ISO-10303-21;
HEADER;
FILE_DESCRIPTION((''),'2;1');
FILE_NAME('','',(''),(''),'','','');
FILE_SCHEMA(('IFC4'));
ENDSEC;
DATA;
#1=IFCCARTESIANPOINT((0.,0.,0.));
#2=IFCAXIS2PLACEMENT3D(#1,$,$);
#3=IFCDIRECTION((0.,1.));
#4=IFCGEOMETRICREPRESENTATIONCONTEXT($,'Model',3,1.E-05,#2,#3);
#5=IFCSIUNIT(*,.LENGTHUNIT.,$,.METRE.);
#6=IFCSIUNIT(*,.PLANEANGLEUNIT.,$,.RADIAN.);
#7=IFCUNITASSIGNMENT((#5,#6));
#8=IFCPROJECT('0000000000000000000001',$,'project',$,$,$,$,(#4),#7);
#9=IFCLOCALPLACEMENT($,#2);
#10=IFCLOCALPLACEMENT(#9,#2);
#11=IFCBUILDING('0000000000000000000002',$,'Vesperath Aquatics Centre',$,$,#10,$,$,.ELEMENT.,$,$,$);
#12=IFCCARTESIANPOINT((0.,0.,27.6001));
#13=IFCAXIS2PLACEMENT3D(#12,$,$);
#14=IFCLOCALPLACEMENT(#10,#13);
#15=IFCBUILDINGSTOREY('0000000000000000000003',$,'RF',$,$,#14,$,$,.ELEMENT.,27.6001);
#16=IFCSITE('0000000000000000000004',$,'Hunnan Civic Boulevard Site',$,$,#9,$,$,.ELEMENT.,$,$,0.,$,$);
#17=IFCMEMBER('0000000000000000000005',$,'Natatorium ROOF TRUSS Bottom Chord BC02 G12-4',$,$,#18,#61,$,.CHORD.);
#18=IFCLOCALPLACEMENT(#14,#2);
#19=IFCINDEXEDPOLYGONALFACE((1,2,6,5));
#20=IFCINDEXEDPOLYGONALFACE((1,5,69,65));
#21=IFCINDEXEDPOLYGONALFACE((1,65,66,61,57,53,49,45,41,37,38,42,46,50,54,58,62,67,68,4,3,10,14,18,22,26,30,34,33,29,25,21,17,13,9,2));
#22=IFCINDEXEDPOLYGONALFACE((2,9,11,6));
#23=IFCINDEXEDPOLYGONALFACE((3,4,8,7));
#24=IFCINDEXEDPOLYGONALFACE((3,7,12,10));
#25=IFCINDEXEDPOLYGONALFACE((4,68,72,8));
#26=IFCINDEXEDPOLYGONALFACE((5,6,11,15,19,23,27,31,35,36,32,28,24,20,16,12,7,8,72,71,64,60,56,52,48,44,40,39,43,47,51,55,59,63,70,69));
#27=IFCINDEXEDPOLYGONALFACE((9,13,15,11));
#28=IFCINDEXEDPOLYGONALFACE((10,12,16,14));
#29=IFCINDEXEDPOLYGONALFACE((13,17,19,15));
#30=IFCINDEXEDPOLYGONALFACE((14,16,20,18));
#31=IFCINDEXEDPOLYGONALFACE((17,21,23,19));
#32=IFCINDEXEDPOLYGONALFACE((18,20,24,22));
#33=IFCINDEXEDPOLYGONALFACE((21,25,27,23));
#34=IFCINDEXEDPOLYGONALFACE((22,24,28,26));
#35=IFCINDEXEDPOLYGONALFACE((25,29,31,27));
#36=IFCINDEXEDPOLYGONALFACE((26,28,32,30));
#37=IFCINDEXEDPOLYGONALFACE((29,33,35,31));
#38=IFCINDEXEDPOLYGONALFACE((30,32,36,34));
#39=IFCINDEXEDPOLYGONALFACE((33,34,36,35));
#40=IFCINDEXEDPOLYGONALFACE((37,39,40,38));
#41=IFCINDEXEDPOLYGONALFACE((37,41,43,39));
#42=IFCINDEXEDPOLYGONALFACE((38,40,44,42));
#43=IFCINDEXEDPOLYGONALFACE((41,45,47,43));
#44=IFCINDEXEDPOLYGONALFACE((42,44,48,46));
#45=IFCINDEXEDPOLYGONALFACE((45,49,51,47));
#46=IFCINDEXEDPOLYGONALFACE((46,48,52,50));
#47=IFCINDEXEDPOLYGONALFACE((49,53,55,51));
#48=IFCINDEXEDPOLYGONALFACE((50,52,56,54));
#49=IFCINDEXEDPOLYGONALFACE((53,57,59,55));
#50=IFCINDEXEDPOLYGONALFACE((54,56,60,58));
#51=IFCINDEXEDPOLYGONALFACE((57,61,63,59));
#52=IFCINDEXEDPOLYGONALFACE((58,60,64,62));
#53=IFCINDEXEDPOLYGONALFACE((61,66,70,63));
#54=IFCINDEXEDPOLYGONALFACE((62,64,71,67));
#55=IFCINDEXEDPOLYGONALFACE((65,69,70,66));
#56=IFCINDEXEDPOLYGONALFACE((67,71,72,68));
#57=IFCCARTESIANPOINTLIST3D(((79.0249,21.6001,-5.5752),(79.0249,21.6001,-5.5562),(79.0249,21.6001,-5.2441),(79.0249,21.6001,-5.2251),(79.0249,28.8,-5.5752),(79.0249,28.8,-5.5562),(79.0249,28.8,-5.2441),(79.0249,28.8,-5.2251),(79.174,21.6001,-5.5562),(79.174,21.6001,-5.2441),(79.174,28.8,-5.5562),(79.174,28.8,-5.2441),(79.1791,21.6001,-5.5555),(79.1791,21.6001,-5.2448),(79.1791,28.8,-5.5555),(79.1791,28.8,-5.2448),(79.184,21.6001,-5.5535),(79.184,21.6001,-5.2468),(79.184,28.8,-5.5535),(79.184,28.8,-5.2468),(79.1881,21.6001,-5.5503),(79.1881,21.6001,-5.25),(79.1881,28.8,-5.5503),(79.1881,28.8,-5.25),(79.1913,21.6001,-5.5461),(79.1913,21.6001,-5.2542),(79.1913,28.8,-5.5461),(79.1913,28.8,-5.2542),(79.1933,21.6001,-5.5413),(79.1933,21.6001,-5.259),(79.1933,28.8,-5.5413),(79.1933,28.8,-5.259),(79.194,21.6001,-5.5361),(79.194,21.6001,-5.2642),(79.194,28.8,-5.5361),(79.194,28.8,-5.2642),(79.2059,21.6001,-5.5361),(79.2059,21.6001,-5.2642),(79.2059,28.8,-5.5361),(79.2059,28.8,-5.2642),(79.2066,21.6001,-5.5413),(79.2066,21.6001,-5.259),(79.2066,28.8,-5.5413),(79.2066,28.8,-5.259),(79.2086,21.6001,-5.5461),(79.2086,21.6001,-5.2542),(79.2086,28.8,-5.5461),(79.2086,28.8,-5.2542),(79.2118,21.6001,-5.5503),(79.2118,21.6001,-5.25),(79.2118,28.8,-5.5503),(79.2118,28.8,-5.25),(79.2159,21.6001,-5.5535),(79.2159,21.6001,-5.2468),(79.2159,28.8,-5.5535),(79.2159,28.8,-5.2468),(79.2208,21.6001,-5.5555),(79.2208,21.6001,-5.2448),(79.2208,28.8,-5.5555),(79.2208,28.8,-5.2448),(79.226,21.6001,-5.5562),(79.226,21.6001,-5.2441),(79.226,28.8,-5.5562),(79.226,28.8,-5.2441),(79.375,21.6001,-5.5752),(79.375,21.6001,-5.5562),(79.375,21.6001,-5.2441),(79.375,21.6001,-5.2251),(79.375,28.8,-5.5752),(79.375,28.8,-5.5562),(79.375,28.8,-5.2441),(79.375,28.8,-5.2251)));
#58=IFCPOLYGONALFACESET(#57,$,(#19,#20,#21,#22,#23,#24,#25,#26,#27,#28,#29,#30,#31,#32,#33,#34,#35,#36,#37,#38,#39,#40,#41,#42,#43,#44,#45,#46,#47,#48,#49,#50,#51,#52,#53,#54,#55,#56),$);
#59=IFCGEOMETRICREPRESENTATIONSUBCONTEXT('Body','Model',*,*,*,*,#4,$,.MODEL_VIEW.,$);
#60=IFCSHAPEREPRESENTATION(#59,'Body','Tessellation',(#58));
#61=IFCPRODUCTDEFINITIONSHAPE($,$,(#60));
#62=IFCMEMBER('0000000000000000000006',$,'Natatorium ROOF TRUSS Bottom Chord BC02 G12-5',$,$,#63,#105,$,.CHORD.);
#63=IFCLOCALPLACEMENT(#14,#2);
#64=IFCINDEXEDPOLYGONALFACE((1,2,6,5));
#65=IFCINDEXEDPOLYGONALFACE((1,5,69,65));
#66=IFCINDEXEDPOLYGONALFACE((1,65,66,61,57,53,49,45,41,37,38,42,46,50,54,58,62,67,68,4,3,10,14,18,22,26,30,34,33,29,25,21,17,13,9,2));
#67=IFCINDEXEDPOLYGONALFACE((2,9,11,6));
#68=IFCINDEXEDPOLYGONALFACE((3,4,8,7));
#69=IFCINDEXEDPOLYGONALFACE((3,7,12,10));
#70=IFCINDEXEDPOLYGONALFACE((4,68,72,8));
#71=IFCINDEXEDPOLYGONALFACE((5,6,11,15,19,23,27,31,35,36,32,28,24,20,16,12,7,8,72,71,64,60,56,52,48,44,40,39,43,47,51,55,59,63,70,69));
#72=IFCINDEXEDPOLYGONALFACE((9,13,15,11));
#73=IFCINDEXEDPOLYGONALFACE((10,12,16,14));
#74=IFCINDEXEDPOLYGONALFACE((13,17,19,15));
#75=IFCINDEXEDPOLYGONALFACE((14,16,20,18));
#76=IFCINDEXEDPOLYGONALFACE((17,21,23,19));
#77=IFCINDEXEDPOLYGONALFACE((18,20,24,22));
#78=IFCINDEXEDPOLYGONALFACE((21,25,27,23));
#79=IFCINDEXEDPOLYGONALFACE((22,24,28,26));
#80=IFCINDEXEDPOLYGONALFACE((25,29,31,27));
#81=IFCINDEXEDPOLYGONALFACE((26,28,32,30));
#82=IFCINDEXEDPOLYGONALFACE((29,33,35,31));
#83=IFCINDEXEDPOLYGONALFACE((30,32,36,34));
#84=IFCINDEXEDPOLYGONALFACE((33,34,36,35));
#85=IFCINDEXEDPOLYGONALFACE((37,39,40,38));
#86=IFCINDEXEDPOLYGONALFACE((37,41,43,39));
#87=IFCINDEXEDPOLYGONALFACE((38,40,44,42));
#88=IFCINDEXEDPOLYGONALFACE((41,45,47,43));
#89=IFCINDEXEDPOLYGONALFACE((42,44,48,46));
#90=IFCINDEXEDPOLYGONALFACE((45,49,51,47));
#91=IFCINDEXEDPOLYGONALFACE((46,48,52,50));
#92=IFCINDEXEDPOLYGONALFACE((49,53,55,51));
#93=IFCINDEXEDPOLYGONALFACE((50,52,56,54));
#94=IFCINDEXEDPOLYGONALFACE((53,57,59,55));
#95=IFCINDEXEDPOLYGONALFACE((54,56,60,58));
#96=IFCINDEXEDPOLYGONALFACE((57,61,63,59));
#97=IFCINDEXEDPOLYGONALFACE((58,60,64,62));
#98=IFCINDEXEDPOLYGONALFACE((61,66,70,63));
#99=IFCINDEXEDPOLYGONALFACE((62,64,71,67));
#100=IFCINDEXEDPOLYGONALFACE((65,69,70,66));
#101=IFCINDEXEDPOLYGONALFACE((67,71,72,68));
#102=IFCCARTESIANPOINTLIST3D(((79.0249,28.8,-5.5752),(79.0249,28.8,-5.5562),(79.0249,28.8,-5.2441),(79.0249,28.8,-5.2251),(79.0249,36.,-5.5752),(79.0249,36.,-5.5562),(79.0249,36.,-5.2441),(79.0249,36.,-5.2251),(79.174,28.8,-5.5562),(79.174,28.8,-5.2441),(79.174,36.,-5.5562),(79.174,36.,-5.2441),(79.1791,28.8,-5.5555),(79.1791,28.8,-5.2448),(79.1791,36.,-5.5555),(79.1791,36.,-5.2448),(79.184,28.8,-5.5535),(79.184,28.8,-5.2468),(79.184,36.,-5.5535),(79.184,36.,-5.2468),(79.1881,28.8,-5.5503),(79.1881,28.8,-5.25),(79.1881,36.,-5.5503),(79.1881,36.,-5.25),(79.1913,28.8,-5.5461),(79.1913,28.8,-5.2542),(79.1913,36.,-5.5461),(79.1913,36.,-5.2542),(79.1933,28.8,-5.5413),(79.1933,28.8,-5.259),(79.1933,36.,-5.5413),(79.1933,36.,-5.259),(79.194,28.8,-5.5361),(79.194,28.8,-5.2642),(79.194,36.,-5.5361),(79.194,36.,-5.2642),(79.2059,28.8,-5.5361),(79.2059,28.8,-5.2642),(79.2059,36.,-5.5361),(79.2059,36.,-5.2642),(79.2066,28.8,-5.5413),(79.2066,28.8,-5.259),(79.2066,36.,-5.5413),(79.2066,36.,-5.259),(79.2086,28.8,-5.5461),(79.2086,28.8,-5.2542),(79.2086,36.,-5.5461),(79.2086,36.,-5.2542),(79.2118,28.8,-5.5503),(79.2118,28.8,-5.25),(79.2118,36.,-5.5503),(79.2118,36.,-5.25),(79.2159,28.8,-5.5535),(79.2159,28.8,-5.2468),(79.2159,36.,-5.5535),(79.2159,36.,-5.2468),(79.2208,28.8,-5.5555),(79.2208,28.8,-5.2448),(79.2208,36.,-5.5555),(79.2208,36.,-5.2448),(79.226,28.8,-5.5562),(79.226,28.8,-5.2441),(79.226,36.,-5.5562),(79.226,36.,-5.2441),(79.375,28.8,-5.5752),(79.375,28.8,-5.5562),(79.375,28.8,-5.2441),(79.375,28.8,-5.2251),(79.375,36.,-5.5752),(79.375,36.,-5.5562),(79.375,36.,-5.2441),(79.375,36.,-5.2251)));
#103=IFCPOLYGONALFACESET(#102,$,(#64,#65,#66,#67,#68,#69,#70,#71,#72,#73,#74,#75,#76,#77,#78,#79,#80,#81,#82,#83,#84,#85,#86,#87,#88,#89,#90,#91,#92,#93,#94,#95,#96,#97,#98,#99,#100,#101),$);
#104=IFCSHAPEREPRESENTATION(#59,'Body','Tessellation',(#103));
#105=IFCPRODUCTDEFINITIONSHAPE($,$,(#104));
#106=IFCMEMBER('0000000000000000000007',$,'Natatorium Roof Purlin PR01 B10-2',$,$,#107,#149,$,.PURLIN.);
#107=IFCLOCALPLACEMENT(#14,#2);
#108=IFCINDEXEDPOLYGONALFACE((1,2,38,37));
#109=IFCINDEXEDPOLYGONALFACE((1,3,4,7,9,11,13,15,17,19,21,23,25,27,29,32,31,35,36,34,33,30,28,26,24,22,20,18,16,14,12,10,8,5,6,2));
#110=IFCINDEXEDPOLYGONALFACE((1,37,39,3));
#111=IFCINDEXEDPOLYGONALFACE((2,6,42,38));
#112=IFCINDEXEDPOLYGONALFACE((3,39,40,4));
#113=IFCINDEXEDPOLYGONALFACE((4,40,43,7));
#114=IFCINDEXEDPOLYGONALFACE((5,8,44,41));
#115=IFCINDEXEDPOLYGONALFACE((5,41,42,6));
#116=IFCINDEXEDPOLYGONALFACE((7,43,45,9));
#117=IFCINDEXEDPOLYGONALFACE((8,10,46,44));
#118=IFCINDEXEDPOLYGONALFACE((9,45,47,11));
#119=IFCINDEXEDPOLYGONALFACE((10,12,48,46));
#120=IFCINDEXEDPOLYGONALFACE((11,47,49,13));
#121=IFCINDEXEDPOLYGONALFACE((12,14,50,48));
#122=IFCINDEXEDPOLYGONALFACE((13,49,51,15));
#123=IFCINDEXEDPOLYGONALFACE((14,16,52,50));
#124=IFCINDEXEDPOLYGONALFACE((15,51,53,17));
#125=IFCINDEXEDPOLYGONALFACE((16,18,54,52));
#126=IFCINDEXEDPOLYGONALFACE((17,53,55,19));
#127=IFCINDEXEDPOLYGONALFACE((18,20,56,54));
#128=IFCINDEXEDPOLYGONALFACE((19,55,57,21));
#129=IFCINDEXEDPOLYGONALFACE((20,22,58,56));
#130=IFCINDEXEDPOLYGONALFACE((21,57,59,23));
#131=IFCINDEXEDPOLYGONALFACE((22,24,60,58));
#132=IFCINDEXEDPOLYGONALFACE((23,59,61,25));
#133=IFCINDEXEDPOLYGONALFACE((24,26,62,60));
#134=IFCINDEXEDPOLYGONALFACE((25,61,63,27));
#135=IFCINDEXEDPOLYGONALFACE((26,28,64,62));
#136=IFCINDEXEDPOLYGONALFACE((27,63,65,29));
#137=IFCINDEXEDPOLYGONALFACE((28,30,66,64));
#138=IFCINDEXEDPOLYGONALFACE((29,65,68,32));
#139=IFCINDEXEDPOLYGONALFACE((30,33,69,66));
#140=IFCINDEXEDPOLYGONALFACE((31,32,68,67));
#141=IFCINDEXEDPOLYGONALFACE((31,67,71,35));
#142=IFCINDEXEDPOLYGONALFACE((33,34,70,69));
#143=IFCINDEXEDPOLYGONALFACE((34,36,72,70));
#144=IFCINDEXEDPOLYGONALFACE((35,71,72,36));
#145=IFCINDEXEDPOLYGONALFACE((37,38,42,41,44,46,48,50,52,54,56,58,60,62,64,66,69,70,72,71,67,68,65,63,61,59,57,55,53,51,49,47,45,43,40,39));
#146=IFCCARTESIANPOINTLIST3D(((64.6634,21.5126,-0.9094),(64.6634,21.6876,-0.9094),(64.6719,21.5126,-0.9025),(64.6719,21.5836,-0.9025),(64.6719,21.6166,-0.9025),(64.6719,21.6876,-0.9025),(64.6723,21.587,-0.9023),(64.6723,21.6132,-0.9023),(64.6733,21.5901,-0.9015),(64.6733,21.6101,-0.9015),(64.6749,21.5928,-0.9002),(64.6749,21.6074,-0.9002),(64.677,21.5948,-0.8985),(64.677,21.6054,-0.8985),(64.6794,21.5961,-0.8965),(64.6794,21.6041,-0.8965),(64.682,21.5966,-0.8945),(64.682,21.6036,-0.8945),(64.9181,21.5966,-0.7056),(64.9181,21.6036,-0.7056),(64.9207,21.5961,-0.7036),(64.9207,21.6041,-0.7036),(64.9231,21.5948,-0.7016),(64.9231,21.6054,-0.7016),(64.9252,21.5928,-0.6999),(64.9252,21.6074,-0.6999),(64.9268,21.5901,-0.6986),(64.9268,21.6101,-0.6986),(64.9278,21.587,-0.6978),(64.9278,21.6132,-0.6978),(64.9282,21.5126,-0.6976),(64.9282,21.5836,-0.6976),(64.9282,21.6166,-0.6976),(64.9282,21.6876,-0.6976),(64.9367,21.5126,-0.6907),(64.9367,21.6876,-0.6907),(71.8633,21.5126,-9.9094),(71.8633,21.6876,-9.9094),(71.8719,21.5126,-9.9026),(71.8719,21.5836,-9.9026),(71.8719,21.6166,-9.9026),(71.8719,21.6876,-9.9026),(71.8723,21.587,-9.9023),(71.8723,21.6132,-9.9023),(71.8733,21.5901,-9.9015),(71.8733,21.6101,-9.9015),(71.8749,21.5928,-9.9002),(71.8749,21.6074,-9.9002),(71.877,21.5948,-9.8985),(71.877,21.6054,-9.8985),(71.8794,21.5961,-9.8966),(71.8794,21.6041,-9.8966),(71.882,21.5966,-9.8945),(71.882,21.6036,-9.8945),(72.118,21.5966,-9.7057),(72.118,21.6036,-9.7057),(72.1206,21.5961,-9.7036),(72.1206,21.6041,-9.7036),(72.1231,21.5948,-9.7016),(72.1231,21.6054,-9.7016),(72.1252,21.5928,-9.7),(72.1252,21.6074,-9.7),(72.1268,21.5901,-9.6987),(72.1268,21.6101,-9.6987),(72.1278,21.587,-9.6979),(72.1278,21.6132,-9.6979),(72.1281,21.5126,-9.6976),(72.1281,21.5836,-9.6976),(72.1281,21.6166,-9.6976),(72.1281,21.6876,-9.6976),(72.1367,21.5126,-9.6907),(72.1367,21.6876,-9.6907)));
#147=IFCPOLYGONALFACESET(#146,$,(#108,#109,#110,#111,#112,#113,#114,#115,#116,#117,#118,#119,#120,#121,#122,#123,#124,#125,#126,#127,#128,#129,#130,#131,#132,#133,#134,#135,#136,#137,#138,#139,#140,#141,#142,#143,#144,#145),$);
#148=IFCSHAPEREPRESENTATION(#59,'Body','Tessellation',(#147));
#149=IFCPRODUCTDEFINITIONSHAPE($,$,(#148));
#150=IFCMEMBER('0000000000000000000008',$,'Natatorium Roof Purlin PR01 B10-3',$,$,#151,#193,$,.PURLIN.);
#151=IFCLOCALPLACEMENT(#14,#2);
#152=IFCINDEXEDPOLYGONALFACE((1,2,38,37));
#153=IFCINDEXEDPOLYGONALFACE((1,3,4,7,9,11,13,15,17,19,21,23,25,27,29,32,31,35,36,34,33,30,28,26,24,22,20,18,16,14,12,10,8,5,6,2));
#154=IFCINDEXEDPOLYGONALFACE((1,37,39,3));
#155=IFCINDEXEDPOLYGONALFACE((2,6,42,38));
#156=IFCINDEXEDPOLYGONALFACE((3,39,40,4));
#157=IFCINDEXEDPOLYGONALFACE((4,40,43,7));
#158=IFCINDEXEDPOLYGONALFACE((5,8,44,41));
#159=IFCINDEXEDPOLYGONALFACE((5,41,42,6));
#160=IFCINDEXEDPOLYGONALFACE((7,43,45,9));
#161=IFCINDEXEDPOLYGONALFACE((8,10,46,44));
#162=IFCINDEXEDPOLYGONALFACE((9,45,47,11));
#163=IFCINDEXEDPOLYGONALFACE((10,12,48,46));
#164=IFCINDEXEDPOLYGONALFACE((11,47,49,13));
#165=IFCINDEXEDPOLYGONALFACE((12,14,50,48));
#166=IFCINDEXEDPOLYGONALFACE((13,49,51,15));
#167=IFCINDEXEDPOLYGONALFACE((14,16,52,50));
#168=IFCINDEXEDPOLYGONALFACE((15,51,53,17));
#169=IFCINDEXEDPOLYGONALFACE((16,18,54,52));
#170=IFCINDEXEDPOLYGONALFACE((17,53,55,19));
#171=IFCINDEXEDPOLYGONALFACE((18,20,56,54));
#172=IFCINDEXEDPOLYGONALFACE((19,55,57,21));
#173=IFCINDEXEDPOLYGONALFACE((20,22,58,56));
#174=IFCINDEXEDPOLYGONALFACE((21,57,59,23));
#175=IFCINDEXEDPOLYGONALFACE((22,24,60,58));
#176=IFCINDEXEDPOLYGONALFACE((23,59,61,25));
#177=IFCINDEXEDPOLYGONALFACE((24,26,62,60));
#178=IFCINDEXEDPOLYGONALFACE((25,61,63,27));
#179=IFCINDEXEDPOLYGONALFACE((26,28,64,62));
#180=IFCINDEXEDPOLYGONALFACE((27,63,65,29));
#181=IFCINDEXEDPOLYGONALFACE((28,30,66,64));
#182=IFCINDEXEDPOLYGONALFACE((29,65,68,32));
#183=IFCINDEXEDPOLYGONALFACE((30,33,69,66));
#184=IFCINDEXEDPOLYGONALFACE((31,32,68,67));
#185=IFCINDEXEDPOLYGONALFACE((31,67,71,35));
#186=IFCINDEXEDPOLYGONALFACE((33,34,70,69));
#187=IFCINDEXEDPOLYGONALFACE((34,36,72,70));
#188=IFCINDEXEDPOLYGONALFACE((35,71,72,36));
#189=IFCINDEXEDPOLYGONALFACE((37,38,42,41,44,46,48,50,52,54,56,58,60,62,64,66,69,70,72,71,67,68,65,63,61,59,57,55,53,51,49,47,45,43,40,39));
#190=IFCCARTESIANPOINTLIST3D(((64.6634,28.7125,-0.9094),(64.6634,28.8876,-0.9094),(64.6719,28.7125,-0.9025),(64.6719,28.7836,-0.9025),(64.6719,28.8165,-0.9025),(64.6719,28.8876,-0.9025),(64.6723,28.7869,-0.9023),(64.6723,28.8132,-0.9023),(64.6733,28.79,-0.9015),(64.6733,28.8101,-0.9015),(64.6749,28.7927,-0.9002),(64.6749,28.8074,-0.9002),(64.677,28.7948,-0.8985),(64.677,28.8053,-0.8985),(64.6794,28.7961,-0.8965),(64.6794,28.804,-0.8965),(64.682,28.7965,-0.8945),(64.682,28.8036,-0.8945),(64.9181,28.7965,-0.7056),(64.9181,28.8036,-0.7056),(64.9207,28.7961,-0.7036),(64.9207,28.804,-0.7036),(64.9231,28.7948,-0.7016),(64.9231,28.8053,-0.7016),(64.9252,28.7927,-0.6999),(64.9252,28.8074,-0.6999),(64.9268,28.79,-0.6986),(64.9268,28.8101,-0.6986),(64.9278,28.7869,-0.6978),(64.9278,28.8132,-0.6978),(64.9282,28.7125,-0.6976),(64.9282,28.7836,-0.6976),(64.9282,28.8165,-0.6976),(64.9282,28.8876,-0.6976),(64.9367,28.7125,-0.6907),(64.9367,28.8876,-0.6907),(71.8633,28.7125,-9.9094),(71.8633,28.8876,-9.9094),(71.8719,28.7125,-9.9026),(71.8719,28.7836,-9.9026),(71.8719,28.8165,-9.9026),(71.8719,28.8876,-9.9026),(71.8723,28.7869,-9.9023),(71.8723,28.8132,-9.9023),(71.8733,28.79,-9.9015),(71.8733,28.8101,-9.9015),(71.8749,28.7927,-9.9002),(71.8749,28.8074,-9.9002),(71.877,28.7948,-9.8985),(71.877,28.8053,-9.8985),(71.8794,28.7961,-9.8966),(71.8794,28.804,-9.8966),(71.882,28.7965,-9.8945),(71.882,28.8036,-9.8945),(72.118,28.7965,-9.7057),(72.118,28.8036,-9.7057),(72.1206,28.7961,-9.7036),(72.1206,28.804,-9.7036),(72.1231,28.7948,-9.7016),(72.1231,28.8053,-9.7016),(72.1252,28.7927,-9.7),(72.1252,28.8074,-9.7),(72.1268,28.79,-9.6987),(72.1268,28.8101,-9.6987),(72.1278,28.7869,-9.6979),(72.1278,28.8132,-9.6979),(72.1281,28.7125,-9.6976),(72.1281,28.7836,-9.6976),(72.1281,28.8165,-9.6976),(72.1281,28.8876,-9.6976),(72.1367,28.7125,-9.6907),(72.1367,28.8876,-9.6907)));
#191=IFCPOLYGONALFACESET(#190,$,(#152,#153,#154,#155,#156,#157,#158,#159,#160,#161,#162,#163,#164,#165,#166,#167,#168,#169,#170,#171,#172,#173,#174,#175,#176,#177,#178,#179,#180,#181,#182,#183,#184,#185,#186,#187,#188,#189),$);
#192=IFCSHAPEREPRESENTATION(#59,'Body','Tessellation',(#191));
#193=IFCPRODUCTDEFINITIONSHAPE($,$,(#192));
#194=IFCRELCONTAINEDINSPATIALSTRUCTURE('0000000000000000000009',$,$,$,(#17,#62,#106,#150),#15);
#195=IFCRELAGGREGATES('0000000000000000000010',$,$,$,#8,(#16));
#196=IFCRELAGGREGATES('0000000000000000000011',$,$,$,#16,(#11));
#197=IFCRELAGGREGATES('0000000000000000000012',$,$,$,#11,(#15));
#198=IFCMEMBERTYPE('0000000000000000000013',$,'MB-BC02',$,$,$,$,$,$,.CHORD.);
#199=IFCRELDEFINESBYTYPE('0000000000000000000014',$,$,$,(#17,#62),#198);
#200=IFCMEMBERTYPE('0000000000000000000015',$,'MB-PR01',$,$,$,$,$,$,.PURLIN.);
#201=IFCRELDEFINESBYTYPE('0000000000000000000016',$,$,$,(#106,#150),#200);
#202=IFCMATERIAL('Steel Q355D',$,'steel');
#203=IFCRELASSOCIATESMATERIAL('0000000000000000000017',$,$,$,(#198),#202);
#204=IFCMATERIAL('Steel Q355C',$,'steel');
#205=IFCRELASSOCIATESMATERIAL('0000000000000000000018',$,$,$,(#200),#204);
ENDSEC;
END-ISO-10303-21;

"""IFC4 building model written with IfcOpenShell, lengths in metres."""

from ifc_helpers import new_model, si_unit, direction, frame, origin, origin_2d, place, context, subcontext, project, spatial, i_section, extrude, material, material_profile, profile_set, type_object, element, save


model = new_model("IFC4")

# Units and contexts
model_context = context("Model", 3, precision=1e-05, world=origin(), true_north=direction((0.0, 1.0)))
body_context = subcontext(model_context, "Body", "Model", "MODEL_VIEW")
ifc_project = project(units=[si_unit("LENGTHUNIT", "METRE"), si_unit("PLANEANGLEUNIT", "RADIAN")], contexts=[model_context])

# Site, building, storey
site_placement = place(None, origin())
site = spatial("IfcSite", under=ifc_project, at=site_placement, Name="Hunnan Civic Boulevard Site", CompositionType="ELEMENT", RefElevation=0.0)
building_placement = place(site_placement, origin())
building = spatial("IfcBuilding", under=site, at=building_placement, Name="Vesperath Aquatics Centre", CompositionType="ELEMENT")
storey_placement = place(building_placement, frame((0.0, 0.0, 27.6001)))
storey = spatial("IfcBuildingStorey", under=building, at=storey_placement, Name="RF", CompositionType="ELEMENT", Elevation=27.6001)

# Shared definitions
ifc_material_1 = material(Name="Steel Q355C", Category="steel")

# Members
ifc_material_2 = material(Name="Steel Q355D", Category="steel")
ifc_material_profile_1 = material_profile(ifc_material_2, i_section(OverallWidth=0.3501, OverallDepth=0.3501, WebThickness=0.012, FlangeThickness=0.019, FilletRadius=0.02, at=origin_2d()), Name="HW 350x350x12x19")
ifc_profile_set_1 = profile_set([ifc_material_profile_1], Name="Steel Q355D")
member_type_1 = type_object("IfcMemberType", Name="MB-BC02", PredefinedType="CHORD", material=ifc_profile_set_1)
for number, where, z_axis, x_axis, name in (
    (1, (79.2, 21.6001, -5.4001), (0.0, 1.0, 0.0), (-1.0, 0.0, 0.0), "Natatorium ROOF TRUSS Bottom Chord BC02 G12-4"),
    (2, (79.2, 28.8, -5.4001), (0.0, 1.0, 0.0), (-1.0, 0.0, 0.0), "Natatorium ROOF TRUSS Bottom Chord BC02 G12-5"),
):
    element("IfcMember", number, at=place(storey_placement, frame(where, z_axis=z_axis, x_axis=x_axis)), inside=storey, type_object=member_type_1, Name=name, PredefinedType="CHORD", context=body_context, shape_type="SweptSolid", body=[
        extrude(i_section(OverallWidth=0.3501, OverallDepth=0.3501, WebThickness=0.012, FlangeThickness=0.019, FilletRadius=0.02, at=origin_2d()), origin(), (0.0, 0.0, 1.0), 7.2),
    ])
ifc_material_profile_2 = material_profile(ifc_material_1, i_section(OverallWidth=0.175, OverallDepth=0.3501, WebThickness=0.0071, FlangeThickness=0.011, FilletRadius=0.0129, at=origin_2d()), Name="HN 350x175x7x11")
ifc_profile_set_2 = profile_set([ifc_material_profile_2], Name="Steel Q355C")
member_type_2 = type_object("IfcMemberType", Name="MB-PR01", PredefinedType="PURLIN", material=ifc_profile_set_2)
for number, where, z_axis, x_axis, name in (
    (3, (64.8, 21.6001, -0.8), (0.624692, 0.0, -0.780871), (0.0, 1.0, 0.0), "Natatorium Roof Purlin PR01 B10-2"),
    (4, (64.8, 28.8, -0.8), (0.624692, 0.0, -0.780871), (0.0, 1.0, 0.0), "Natatorium Roof Purlin PR01 B10-3"),
):
    element("IfcMember", number, at=place(storey_placement, frame(where, z_axis=z_axis, x_axis=x_axis)), inside=storey, type_object=member_type_2, Name=name, PredefinedType="PURLIN", context=body_context, shape_type="SweptSolid", body=[
        extrude(i_section(OverallWidth=0.175, OverallDepth=0.3501, WebThickness=0.0071, FlangeThickness=0.011, FilletRadius=0.0129, at=origin_2d()), origin(), (0.0, 0.0, 1.0), 11.5256),
    ])

save(model, "model.ifc")
